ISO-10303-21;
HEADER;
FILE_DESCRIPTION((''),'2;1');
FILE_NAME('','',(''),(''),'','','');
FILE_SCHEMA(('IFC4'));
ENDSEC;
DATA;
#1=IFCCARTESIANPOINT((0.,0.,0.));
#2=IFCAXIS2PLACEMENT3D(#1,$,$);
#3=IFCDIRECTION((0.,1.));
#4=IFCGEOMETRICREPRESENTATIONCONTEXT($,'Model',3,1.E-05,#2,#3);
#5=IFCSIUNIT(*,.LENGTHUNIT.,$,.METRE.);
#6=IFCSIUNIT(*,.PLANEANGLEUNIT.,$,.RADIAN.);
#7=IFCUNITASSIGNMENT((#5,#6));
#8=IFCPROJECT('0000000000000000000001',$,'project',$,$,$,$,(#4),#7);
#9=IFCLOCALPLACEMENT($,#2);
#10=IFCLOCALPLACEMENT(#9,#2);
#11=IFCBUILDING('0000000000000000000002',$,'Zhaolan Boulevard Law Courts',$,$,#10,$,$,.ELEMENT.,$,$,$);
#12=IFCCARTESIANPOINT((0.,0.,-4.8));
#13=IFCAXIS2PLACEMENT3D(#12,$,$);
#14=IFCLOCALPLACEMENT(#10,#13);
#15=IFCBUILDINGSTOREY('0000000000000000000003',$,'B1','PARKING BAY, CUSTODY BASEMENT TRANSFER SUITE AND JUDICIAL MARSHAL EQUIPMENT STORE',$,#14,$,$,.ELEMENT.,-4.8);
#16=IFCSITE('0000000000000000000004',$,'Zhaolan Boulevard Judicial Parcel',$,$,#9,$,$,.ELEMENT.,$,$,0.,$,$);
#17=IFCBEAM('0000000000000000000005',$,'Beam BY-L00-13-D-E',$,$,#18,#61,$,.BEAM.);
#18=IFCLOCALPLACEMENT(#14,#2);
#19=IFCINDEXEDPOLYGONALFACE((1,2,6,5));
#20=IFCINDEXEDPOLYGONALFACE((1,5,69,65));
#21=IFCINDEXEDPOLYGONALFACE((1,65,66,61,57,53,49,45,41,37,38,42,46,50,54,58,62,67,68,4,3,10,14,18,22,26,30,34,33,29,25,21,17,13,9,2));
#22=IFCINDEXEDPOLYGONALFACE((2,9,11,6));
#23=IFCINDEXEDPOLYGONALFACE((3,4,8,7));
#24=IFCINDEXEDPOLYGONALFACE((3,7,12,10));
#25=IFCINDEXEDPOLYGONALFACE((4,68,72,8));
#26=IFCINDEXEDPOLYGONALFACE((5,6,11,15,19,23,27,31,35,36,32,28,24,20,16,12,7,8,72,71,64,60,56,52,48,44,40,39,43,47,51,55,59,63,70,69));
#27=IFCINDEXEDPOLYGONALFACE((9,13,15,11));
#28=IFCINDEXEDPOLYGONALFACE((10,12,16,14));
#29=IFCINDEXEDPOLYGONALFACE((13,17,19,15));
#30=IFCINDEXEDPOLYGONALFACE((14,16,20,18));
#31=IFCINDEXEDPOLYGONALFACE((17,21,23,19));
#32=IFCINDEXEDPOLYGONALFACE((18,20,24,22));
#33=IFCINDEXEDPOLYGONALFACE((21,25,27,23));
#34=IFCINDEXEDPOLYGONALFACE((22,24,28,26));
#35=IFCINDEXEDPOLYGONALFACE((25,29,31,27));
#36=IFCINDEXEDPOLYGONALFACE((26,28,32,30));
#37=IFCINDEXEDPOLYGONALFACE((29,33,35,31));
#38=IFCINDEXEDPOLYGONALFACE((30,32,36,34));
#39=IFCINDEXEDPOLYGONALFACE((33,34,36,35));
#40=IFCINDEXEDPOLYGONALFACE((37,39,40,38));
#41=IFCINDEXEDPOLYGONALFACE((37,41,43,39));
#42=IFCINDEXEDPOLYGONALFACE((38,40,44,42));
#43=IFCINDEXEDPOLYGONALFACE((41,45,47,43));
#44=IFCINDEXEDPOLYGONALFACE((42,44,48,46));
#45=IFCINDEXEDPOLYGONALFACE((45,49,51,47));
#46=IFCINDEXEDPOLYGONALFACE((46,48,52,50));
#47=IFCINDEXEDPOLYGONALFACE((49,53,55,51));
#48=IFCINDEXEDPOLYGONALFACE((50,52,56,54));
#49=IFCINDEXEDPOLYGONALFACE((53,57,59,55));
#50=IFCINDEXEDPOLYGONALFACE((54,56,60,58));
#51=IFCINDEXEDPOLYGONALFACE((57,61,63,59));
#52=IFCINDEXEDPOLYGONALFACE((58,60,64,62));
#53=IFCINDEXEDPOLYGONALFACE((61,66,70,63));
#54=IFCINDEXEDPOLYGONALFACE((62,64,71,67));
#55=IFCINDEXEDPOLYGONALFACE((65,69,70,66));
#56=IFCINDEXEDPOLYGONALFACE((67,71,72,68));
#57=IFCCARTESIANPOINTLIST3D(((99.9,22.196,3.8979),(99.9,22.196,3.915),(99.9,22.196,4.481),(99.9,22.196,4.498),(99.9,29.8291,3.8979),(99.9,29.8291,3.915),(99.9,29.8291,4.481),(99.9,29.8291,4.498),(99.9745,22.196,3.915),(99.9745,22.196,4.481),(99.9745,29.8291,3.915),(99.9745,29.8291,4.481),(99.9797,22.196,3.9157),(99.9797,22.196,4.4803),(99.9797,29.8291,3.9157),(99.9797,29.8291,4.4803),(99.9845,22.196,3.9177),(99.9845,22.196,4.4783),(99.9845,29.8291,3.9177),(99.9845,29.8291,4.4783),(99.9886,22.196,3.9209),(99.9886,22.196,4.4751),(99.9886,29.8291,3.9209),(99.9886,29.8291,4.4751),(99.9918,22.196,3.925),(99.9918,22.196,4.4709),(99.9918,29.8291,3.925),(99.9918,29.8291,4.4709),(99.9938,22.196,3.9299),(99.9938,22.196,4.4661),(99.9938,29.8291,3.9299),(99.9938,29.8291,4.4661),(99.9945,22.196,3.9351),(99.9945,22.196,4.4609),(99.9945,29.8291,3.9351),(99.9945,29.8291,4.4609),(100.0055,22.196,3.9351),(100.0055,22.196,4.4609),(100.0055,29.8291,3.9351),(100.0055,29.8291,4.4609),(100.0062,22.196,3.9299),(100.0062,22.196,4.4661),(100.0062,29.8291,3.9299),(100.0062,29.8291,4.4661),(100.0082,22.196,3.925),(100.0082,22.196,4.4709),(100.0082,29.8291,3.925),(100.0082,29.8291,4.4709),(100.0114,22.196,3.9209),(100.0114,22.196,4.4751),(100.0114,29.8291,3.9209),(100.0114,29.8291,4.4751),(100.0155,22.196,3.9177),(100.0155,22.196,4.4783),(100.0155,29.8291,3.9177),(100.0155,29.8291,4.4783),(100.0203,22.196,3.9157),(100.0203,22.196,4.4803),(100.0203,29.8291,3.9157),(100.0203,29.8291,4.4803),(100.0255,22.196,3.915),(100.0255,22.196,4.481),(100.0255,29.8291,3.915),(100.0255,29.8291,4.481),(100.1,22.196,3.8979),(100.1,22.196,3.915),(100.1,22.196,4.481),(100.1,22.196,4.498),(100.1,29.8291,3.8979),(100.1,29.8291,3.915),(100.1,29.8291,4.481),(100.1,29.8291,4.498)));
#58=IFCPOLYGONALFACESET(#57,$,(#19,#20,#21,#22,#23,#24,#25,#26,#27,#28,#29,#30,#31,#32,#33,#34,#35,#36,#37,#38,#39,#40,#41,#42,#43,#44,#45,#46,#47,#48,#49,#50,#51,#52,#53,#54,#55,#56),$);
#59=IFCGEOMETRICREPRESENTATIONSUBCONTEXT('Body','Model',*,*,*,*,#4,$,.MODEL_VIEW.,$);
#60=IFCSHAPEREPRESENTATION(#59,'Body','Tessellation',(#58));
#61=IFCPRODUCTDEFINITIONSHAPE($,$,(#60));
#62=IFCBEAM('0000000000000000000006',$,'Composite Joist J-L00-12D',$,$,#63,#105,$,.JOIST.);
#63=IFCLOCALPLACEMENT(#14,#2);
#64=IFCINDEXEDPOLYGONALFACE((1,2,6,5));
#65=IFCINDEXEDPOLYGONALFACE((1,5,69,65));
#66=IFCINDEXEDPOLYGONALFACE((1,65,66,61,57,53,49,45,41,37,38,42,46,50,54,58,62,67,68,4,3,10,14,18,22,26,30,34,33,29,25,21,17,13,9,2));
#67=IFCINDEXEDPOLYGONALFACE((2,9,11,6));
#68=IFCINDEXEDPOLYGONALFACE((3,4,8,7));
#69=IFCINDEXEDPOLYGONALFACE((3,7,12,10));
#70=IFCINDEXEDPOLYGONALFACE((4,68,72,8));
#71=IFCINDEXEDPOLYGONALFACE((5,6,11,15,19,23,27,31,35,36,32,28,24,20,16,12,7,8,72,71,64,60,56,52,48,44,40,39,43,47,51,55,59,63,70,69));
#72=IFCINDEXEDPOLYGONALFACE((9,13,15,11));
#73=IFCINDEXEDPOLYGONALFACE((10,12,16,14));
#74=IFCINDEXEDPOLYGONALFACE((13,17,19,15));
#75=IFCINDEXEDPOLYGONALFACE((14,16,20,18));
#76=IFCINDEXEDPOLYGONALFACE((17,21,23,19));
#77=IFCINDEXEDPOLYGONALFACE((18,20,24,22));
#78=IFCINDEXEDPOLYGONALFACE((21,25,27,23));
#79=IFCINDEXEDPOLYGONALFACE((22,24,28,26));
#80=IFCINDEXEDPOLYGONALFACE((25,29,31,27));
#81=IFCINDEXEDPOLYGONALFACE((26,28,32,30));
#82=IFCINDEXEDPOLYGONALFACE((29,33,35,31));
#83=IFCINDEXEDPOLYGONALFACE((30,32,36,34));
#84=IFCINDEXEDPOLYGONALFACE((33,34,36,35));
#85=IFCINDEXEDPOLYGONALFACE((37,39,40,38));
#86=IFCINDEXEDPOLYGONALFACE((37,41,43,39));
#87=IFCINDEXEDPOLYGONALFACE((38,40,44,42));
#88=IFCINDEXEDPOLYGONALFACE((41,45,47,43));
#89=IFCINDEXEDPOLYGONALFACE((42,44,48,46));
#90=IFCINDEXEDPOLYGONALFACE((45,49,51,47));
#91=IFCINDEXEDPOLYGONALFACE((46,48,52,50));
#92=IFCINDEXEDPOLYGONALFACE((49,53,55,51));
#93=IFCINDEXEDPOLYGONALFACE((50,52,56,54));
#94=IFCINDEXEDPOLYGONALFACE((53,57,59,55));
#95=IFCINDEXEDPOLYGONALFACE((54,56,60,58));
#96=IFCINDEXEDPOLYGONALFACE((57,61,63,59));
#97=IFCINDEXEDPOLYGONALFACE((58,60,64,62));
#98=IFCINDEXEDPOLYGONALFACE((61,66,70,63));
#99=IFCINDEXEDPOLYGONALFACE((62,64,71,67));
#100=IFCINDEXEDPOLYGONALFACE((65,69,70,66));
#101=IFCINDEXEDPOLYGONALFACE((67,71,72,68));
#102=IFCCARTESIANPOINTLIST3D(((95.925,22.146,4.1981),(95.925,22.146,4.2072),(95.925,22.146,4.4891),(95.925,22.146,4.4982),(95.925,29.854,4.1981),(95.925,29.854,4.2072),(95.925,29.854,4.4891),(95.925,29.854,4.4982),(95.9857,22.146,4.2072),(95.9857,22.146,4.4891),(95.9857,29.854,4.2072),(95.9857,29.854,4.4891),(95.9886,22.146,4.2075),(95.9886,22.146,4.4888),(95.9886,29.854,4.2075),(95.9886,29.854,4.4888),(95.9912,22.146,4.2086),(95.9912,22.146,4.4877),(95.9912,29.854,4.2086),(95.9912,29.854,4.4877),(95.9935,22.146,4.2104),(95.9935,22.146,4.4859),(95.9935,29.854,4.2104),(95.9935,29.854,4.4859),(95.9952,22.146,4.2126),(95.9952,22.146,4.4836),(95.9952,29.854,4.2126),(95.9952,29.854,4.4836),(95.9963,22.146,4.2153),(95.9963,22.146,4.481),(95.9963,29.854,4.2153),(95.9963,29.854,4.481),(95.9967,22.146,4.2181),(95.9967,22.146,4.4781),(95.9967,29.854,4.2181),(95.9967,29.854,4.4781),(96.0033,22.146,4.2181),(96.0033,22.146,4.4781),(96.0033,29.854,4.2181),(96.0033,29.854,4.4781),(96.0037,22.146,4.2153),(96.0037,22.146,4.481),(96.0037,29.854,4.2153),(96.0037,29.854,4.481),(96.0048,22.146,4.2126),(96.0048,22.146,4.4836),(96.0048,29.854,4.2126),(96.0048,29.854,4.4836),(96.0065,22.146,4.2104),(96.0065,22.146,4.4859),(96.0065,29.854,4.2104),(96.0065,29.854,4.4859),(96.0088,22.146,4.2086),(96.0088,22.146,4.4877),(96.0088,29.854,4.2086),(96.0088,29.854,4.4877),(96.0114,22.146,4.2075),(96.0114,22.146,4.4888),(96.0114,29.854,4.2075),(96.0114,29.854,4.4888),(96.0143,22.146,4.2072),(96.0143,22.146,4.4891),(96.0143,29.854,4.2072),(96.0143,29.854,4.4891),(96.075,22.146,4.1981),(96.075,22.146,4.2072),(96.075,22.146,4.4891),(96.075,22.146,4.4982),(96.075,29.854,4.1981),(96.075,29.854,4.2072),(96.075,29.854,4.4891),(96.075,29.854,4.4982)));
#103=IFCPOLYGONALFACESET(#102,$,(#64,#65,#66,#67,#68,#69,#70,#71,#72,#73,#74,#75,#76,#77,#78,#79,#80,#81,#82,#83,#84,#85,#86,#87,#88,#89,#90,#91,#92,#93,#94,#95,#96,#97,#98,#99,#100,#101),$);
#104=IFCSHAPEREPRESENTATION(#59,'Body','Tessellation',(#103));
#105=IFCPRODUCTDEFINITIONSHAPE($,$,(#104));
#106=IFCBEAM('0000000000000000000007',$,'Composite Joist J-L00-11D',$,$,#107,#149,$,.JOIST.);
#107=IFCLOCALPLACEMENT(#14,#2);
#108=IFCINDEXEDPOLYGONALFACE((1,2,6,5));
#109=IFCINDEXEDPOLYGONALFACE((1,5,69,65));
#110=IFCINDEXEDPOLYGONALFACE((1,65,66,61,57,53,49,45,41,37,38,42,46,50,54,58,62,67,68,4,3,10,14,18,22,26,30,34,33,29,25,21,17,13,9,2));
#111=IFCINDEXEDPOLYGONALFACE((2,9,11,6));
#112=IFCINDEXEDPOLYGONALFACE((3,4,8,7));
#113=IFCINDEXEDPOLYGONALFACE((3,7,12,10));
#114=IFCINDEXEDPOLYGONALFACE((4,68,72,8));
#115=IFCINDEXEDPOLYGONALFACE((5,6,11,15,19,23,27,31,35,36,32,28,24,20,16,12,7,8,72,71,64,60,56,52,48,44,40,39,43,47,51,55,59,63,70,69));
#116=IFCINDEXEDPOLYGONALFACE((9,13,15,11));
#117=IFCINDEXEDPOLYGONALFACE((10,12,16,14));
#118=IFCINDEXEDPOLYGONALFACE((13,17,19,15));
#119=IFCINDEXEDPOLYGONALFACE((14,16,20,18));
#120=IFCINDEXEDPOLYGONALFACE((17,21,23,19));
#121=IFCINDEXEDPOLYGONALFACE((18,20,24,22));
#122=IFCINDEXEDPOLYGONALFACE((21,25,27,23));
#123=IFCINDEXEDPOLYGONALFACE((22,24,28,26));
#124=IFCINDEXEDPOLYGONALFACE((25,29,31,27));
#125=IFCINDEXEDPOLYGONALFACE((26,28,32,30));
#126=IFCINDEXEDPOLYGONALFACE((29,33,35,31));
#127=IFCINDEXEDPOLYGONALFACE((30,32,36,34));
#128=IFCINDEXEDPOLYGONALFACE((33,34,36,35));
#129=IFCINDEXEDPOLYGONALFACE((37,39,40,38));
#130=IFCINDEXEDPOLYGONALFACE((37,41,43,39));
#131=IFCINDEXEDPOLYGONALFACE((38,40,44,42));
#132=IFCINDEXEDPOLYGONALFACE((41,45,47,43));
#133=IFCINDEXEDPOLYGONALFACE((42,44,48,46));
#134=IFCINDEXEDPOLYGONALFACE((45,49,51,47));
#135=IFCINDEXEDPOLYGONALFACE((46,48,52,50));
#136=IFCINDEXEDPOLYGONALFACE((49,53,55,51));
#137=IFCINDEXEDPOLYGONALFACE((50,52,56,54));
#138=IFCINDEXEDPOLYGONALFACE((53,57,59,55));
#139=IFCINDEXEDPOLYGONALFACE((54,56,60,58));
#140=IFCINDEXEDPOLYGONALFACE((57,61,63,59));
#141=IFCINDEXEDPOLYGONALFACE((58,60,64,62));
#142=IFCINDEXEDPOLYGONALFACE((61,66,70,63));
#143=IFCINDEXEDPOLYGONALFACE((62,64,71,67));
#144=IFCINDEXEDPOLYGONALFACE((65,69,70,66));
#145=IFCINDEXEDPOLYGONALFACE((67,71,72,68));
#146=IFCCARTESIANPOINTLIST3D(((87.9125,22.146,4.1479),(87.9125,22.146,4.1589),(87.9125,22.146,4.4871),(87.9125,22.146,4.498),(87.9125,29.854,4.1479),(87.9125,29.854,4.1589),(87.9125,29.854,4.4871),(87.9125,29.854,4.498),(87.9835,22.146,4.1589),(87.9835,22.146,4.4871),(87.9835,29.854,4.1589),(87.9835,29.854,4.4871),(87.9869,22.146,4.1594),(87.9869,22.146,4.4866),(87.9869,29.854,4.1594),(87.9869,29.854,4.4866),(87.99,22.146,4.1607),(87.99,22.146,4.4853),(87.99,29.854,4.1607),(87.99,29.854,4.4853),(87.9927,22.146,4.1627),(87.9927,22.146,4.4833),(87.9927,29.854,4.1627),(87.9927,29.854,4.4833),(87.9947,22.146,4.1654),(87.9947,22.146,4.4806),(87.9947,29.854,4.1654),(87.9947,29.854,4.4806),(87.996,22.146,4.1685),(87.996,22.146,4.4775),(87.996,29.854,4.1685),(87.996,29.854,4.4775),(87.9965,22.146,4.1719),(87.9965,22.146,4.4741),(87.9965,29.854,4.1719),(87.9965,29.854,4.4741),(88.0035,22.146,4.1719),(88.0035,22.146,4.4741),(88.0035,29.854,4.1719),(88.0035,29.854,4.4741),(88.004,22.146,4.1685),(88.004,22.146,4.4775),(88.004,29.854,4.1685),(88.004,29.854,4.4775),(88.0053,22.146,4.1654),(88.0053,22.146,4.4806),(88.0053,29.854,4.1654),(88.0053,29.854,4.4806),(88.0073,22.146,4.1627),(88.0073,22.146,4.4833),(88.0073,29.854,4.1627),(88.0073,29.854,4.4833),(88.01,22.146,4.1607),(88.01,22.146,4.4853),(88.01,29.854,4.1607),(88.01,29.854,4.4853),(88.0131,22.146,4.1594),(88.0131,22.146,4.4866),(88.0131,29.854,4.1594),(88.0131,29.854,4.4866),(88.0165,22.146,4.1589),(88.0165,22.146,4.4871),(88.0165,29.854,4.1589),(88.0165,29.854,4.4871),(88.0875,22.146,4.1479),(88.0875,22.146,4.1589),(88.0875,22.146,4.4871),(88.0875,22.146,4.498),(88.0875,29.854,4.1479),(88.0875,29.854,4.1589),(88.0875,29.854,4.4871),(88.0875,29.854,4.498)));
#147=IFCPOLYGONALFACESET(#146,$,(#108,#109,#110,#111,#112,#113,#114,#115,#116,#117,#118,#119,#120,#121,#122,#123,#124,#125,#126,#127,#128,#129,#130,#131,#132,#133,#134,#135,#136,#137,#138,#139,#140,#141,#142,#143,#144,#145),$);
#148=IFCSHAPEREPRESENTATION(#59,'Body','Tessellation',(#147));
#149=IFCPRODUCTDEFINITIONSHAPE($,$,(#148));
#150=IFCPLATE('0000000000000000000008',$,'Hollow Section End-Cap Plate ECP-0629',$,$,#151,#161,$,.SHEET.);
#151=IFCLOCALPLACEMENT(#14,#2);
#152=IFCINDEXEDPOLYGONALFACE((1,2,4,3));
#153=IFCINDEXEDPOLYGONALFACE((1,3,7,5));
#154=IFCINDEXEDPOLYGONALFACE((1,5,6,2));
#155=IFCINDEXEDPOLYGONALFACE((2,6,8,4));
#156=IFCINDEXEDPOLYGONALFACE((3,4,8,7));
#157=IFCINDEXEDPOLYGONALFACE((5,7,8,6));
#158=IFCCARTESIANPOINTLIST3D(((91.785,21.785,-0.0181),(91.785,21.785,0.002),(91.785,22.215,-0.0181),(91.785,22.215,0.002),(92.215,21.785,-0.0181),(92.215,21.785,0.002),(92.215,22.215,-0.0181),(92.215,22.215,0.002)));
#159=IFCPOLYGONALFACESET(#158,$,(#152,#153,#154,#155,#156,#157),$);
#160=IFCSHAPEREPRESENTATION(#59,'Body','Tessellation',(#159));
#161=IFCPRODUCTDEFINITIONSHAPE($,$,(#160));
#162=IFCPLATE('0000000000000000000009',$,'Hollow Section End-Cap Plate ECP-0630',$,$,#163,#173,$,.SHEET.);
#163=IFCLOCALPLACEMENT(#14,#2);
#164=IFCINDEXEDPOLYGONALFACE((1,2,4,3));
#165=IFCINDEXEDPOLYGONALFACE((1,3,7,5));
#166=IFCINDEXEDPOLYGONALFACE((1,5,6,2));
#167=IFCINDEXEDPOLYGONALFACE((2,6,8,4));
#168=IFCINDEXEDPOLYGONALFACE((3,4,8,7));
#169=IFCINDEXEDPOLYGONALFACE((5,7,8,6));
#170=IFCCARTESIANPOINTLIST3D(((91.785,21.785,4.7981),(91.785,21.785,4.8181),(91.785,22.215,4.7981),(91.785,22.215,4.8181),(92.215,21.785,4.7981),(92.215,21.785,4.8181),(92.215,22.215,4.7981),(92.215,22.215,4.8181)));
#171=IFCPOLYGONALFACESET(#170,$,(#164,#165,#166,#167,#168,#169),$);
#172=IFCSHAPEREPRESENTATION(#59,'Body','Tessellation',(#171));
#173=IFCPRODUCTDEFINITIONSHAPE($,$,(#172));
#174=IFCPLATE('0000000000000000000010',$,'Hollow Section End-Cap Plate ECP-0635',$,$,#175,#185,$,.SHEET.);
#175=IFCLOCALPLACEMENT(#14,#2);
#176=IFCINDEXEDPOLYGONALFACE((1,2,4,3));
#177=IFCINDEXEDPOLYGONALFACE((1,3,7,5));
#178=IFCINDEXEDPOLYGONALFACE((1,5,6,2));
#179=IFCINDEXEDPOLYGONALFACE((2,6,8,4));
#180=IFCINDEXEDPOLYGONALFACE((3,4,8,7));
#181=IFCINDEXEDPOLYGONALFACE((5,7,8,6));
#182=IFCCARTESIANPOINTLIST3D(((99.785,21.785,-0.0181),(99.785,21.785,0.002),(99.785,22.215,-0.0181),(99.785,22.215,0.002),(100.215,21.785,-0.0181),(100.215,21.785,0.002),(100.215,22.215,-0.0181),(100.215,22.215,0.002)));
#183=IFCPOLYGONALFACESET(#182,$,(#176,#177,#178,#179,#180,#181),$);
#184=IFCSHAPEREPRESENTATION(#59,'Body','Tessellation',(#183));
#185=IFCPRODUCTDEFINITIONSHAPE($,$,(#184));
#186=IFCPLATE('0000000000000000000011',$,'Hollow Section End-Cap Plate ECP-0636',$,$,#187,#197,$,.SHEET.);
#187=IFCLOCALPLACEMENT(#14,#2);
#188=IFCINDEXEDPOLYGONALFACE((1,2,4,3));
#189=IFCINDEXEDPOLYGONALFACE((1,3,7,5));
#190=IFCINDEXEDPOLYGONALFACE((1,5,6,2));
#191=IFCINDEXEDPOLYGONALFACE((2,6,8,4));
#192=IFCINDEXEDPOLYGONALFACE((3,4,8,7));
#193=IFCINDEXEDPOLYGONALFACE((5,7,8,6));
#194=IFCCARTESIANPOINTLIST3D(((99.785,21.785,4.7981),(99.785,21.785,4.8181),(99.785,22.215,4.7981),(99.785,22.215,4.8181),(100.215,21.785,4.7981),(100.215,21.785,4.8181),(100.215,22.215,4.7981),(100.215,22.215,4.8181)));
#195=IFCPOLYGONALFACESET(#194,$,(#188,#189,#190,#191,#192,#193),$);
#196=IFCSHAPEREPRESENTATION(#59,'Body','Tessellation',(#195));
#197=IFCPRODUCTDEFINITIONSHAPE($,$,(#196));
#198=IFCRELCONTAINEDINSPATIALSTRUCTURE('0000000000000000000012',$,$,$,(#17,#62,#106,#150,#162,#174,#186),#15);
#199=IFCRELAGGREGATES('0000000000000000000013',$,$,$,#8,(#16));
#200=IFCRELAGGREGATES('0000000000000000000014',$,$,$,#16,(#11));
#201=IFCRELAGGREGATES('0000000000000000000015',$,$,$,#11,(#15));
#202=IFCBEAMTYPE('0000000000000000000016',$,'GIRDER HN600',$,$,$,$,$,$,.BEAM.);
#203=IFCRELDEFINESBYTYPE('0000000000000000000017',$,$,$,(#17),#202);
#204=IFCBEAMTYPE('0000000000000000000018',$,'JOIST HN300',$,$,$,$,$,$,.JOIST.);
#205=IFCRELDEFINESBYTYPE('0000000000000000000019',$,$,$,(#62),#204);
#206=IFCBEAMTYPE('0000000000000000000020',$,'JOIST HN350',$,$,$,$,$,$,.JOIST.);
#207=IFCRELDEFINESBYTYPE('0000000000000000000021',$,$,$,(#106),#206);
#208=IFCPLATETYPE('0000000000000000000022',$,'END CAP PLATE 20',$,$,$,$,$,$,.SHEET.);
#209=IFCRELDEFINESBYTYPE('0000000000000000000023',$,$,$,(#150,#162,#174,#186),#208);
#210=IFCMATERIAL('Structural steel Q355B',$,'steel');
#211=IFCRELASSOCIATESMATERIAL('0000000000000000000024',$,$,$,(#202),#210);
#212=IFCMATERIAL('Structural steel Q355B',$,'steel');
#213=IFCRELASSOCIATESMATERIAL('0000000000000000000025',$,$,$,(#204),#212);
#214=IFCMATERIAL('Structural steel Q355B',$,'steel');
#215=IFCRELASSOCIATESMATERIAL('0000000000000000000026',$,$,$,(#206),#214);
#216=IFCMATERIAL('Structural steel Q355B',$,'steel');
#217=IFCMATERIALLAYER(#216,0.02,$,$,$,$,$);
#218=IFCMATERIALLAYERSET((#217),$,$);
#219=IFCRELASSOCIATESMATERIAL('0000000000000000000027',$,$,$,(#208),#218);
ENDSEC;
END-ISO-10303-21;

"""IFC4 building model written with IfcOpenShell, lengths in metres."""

from ifc_helpers import new_model, si_unit, direction, frame, origin, origin_2d, place, context, subcontext, project, spatial, rectangle, i_section, extrude, material, layer, layer_set, material_profile, profile_set, type_object, element, save


model = new_model("IFC4")

# Units and contexts
model_context = context("Model", 3, precision=1e-05, world=origin(), true_north=direction((0.0, 1.0)))
body_context = subcontext(model_context, "Body", "Model", "MODEL_VIEW")
ifc_project = project(units=[si_unit("LENGTHUNIT", "METRE"), si_unit("PLANEANGLEUNIT", "RADIAN")], contexts=[model_context])

# Site, building, storey
site_placement = place(None, origin())
site = spatial("IfcSite", under=ifc_project, at=site_placement, Name="Zhaolan Boulevard Judicial Parcel", CompositionType="ELEMENT", RefElevation=0.0)
building_placement = place(site_placement, origin())
building = spatial("IfcBuilding", under=site, at=building_placement, Name="Zhaolan Boulevard Law Courts", CompositionType="ELEMENT")
storey_placement = place(building_placement, frame((0.0, 0.0, -4.8)))
storey = spatial("IfcBuildingStorey", under=building, at=storey_placement, Name="B1", Description="PARKING BAY, CUSTODY BASEMENT TRANSFER SUITE AND JUDICIAL MARSHAL EQUIPMENT STORE", CompositionType="ELEMENT", Elevation=-4.8)

# Beams
ifc_material_1 = material(Name="Structural steel Q355B", Category="steel")
ifc_material_profile_1 = material_profile(ifc_material_1, i_section(OverallWidth=0.2, OverallDepth=0.6001, WebThickness=0.011, FlangeThickness=0.0171, FilletRadius=0.02, at=origin_2d()), Name="HN600x200")
ifc_profile_set_1 = profile_set([ifc_material_profile_1], Name="Structural steel Q355B")
beam_type_1 = type_object("IfcBeamType", Name="GIRDER HN600", PredefinedType="BEAM", material=ifc_profile_set_1)
for number, where, z_axis, x_axis, name in (
    (1, (100.0, 22.196, 4.198), (0.0, 1.0, 0.0), (-1.0, 0.0, 0.0), "Beam BY-L00-13-D-E"),
):
    element("IfcBeam", number, at=place(storey_placement, frame(where, z_axis=z_axis, x_axis=x_axis)), inside=storey, type_object=beam_type_1, Name=name, PredefinedType="BEAM", context=body_context, shape_type="SweptSolid", body=[
        extrude(i_section(OverallWidth=0.2, OverallDepth=0.6001, WebThickness=0.011, FlangeThickness=0.0171, FilletRadius=0.02, at=origin_2d()), origin(), (0.0, 0.0, 1.0), 7.6331),
    ])
ifc_material_2 = material(Name="Structural steel Q355B", Category="steel")
ifc_material_profile_2 = material_profile(ifc_material_2, i_section(OverallWidth=0.1499, OverallDepth=0.3, WebThickness=0.0066, FlangeThickness=0.009, FilletRadius=0.011, at=origin_2d()), Name="HN300x150")
ifc_profile_set_2 = profile_set([ifc_material_profile_2], Name="Structural steel Q355B")
beam_type_2 = type_object("IfcBeamType", Name="JOIST HN300", PredefinedType="JOIST", material=ifc_profile_set_2)
beam_1_placement = place(storey_placement, frame((96.0, 22.146, 4.3481), z_axis=(0.0, 1.0, 0.0), x_axis=(-1.0, 0.0, 0.0)))
element("IfcBeam", 2, at=beam_1_placement, inside=storey, type_object=beam_type_2, Name="Composite Joist J-L00-12D", PredefinedType="JOIST", context=body_context, shape_type="SweptSolid", body=[
    extrude(i_section(OverallWidth=0.1499, OverallDepth=0.3, WebThickness=0.0066, FlangeThickness=0.009, FilletRadius=0.011, at=origin_2d()), origin(), (0.0, 0.0, 1.0), 7.708),
])
ifc_material_3 = material(Name="Structural steel Q355B", Category="steel")
ifc_material_profile_3 = material_profile(ifc_material_3, i_section(OverallWidth=0.175, OverallDepth=0.3501, WebThickness=0.0071, FlangeThickness=0.011, FilletRadius=0.0129, at=origin_2d()), Name="HN350x175")
ifc_profile_set_3 = profile_set([ifc_material_profile_3], Name="Structural steel Q355B")
beam_type_3 = type_object("IfcBeamType", Name="JOIST HN350", PredefinedType="JOIST", material=ifc_profile_set_3)
beam_2_placement = place(storey_placement, frame((88.0, 22.146, 4.323), z_axis=(0.0, 1.0, 0.0), x_axis=(-1.0, 0.0, 0.0)))
element("IfcBeam", 3, at=beam_2_placement, inside=storey, type_object=beam_type_3, Name="Composite Joist J-L00-11D", PredefinedType="JOIST", context=body_context, shape_type="SweptSolid", body=[
    extrude(i_section(OverallWidth=0.175, OverallDepth=0.3501, WebThickness=0.0071, FlangeThickness=0.011, FilletRadius=0.0129, at=origin_2d()), origin(), (0.0, 0.0, 1.0), 7.708),
])

# Plates
ifc_material_4 = material(Name="Structural steel Q355B", Category="steel")
ifc_layer = layer(ifc_material_4, 0.02)
ifc_layer_set = layer_set([ifc_layer])
plate_type = type_object("IfcPlateType", Name="END CAP PLATE 20", PredefinedType="SHEET", material=ifc_layer_set)
for number, where, z_axis, x_axis, name in (
    (4, (92.0, 22.0, -0.0181), (0.0, 0.0, 1.0), (1.0, 0.0, 0.0), "Hollow Section End-Cap Plate ECP-0629"),
    (5, (92.0, 22.0, 4.7981), (0.0, 0.0, 1.0), (1.0, 0.0, 0.0), "Hollow Section End-Cap Plate ECP-0630"),
    (6, (100.0, 22.0, -0.0181), (0.0, 0.0, 1.0), (1.0, 0.0, 0.0), "Hollow Section End-Cap Plate ECP-0635"),
    (7, (100.0, 22.0, 4.7981), (0.0, 0.0, 1.0), (1.0, 0.0, 0.0), "Hollow Section End-Cap Plate ECP-0636"),
):
    element("IfcPlate", number, at=place(storey_placement, frame(where, z_axis=z_axis, x_axis=x_axis)), inside=storey, type_object=plate_type, Name=name, PredefinedType="SHEET", context=body_context, shape_type="SweptSolid", body=[
        extrude(rectangle(XDim=0.4299, YDim=0.4299, at=origin_2d()), origin(), (0.0, 0.0, 1.0), 0.02),
    ])

save(model, "model.ifc")
